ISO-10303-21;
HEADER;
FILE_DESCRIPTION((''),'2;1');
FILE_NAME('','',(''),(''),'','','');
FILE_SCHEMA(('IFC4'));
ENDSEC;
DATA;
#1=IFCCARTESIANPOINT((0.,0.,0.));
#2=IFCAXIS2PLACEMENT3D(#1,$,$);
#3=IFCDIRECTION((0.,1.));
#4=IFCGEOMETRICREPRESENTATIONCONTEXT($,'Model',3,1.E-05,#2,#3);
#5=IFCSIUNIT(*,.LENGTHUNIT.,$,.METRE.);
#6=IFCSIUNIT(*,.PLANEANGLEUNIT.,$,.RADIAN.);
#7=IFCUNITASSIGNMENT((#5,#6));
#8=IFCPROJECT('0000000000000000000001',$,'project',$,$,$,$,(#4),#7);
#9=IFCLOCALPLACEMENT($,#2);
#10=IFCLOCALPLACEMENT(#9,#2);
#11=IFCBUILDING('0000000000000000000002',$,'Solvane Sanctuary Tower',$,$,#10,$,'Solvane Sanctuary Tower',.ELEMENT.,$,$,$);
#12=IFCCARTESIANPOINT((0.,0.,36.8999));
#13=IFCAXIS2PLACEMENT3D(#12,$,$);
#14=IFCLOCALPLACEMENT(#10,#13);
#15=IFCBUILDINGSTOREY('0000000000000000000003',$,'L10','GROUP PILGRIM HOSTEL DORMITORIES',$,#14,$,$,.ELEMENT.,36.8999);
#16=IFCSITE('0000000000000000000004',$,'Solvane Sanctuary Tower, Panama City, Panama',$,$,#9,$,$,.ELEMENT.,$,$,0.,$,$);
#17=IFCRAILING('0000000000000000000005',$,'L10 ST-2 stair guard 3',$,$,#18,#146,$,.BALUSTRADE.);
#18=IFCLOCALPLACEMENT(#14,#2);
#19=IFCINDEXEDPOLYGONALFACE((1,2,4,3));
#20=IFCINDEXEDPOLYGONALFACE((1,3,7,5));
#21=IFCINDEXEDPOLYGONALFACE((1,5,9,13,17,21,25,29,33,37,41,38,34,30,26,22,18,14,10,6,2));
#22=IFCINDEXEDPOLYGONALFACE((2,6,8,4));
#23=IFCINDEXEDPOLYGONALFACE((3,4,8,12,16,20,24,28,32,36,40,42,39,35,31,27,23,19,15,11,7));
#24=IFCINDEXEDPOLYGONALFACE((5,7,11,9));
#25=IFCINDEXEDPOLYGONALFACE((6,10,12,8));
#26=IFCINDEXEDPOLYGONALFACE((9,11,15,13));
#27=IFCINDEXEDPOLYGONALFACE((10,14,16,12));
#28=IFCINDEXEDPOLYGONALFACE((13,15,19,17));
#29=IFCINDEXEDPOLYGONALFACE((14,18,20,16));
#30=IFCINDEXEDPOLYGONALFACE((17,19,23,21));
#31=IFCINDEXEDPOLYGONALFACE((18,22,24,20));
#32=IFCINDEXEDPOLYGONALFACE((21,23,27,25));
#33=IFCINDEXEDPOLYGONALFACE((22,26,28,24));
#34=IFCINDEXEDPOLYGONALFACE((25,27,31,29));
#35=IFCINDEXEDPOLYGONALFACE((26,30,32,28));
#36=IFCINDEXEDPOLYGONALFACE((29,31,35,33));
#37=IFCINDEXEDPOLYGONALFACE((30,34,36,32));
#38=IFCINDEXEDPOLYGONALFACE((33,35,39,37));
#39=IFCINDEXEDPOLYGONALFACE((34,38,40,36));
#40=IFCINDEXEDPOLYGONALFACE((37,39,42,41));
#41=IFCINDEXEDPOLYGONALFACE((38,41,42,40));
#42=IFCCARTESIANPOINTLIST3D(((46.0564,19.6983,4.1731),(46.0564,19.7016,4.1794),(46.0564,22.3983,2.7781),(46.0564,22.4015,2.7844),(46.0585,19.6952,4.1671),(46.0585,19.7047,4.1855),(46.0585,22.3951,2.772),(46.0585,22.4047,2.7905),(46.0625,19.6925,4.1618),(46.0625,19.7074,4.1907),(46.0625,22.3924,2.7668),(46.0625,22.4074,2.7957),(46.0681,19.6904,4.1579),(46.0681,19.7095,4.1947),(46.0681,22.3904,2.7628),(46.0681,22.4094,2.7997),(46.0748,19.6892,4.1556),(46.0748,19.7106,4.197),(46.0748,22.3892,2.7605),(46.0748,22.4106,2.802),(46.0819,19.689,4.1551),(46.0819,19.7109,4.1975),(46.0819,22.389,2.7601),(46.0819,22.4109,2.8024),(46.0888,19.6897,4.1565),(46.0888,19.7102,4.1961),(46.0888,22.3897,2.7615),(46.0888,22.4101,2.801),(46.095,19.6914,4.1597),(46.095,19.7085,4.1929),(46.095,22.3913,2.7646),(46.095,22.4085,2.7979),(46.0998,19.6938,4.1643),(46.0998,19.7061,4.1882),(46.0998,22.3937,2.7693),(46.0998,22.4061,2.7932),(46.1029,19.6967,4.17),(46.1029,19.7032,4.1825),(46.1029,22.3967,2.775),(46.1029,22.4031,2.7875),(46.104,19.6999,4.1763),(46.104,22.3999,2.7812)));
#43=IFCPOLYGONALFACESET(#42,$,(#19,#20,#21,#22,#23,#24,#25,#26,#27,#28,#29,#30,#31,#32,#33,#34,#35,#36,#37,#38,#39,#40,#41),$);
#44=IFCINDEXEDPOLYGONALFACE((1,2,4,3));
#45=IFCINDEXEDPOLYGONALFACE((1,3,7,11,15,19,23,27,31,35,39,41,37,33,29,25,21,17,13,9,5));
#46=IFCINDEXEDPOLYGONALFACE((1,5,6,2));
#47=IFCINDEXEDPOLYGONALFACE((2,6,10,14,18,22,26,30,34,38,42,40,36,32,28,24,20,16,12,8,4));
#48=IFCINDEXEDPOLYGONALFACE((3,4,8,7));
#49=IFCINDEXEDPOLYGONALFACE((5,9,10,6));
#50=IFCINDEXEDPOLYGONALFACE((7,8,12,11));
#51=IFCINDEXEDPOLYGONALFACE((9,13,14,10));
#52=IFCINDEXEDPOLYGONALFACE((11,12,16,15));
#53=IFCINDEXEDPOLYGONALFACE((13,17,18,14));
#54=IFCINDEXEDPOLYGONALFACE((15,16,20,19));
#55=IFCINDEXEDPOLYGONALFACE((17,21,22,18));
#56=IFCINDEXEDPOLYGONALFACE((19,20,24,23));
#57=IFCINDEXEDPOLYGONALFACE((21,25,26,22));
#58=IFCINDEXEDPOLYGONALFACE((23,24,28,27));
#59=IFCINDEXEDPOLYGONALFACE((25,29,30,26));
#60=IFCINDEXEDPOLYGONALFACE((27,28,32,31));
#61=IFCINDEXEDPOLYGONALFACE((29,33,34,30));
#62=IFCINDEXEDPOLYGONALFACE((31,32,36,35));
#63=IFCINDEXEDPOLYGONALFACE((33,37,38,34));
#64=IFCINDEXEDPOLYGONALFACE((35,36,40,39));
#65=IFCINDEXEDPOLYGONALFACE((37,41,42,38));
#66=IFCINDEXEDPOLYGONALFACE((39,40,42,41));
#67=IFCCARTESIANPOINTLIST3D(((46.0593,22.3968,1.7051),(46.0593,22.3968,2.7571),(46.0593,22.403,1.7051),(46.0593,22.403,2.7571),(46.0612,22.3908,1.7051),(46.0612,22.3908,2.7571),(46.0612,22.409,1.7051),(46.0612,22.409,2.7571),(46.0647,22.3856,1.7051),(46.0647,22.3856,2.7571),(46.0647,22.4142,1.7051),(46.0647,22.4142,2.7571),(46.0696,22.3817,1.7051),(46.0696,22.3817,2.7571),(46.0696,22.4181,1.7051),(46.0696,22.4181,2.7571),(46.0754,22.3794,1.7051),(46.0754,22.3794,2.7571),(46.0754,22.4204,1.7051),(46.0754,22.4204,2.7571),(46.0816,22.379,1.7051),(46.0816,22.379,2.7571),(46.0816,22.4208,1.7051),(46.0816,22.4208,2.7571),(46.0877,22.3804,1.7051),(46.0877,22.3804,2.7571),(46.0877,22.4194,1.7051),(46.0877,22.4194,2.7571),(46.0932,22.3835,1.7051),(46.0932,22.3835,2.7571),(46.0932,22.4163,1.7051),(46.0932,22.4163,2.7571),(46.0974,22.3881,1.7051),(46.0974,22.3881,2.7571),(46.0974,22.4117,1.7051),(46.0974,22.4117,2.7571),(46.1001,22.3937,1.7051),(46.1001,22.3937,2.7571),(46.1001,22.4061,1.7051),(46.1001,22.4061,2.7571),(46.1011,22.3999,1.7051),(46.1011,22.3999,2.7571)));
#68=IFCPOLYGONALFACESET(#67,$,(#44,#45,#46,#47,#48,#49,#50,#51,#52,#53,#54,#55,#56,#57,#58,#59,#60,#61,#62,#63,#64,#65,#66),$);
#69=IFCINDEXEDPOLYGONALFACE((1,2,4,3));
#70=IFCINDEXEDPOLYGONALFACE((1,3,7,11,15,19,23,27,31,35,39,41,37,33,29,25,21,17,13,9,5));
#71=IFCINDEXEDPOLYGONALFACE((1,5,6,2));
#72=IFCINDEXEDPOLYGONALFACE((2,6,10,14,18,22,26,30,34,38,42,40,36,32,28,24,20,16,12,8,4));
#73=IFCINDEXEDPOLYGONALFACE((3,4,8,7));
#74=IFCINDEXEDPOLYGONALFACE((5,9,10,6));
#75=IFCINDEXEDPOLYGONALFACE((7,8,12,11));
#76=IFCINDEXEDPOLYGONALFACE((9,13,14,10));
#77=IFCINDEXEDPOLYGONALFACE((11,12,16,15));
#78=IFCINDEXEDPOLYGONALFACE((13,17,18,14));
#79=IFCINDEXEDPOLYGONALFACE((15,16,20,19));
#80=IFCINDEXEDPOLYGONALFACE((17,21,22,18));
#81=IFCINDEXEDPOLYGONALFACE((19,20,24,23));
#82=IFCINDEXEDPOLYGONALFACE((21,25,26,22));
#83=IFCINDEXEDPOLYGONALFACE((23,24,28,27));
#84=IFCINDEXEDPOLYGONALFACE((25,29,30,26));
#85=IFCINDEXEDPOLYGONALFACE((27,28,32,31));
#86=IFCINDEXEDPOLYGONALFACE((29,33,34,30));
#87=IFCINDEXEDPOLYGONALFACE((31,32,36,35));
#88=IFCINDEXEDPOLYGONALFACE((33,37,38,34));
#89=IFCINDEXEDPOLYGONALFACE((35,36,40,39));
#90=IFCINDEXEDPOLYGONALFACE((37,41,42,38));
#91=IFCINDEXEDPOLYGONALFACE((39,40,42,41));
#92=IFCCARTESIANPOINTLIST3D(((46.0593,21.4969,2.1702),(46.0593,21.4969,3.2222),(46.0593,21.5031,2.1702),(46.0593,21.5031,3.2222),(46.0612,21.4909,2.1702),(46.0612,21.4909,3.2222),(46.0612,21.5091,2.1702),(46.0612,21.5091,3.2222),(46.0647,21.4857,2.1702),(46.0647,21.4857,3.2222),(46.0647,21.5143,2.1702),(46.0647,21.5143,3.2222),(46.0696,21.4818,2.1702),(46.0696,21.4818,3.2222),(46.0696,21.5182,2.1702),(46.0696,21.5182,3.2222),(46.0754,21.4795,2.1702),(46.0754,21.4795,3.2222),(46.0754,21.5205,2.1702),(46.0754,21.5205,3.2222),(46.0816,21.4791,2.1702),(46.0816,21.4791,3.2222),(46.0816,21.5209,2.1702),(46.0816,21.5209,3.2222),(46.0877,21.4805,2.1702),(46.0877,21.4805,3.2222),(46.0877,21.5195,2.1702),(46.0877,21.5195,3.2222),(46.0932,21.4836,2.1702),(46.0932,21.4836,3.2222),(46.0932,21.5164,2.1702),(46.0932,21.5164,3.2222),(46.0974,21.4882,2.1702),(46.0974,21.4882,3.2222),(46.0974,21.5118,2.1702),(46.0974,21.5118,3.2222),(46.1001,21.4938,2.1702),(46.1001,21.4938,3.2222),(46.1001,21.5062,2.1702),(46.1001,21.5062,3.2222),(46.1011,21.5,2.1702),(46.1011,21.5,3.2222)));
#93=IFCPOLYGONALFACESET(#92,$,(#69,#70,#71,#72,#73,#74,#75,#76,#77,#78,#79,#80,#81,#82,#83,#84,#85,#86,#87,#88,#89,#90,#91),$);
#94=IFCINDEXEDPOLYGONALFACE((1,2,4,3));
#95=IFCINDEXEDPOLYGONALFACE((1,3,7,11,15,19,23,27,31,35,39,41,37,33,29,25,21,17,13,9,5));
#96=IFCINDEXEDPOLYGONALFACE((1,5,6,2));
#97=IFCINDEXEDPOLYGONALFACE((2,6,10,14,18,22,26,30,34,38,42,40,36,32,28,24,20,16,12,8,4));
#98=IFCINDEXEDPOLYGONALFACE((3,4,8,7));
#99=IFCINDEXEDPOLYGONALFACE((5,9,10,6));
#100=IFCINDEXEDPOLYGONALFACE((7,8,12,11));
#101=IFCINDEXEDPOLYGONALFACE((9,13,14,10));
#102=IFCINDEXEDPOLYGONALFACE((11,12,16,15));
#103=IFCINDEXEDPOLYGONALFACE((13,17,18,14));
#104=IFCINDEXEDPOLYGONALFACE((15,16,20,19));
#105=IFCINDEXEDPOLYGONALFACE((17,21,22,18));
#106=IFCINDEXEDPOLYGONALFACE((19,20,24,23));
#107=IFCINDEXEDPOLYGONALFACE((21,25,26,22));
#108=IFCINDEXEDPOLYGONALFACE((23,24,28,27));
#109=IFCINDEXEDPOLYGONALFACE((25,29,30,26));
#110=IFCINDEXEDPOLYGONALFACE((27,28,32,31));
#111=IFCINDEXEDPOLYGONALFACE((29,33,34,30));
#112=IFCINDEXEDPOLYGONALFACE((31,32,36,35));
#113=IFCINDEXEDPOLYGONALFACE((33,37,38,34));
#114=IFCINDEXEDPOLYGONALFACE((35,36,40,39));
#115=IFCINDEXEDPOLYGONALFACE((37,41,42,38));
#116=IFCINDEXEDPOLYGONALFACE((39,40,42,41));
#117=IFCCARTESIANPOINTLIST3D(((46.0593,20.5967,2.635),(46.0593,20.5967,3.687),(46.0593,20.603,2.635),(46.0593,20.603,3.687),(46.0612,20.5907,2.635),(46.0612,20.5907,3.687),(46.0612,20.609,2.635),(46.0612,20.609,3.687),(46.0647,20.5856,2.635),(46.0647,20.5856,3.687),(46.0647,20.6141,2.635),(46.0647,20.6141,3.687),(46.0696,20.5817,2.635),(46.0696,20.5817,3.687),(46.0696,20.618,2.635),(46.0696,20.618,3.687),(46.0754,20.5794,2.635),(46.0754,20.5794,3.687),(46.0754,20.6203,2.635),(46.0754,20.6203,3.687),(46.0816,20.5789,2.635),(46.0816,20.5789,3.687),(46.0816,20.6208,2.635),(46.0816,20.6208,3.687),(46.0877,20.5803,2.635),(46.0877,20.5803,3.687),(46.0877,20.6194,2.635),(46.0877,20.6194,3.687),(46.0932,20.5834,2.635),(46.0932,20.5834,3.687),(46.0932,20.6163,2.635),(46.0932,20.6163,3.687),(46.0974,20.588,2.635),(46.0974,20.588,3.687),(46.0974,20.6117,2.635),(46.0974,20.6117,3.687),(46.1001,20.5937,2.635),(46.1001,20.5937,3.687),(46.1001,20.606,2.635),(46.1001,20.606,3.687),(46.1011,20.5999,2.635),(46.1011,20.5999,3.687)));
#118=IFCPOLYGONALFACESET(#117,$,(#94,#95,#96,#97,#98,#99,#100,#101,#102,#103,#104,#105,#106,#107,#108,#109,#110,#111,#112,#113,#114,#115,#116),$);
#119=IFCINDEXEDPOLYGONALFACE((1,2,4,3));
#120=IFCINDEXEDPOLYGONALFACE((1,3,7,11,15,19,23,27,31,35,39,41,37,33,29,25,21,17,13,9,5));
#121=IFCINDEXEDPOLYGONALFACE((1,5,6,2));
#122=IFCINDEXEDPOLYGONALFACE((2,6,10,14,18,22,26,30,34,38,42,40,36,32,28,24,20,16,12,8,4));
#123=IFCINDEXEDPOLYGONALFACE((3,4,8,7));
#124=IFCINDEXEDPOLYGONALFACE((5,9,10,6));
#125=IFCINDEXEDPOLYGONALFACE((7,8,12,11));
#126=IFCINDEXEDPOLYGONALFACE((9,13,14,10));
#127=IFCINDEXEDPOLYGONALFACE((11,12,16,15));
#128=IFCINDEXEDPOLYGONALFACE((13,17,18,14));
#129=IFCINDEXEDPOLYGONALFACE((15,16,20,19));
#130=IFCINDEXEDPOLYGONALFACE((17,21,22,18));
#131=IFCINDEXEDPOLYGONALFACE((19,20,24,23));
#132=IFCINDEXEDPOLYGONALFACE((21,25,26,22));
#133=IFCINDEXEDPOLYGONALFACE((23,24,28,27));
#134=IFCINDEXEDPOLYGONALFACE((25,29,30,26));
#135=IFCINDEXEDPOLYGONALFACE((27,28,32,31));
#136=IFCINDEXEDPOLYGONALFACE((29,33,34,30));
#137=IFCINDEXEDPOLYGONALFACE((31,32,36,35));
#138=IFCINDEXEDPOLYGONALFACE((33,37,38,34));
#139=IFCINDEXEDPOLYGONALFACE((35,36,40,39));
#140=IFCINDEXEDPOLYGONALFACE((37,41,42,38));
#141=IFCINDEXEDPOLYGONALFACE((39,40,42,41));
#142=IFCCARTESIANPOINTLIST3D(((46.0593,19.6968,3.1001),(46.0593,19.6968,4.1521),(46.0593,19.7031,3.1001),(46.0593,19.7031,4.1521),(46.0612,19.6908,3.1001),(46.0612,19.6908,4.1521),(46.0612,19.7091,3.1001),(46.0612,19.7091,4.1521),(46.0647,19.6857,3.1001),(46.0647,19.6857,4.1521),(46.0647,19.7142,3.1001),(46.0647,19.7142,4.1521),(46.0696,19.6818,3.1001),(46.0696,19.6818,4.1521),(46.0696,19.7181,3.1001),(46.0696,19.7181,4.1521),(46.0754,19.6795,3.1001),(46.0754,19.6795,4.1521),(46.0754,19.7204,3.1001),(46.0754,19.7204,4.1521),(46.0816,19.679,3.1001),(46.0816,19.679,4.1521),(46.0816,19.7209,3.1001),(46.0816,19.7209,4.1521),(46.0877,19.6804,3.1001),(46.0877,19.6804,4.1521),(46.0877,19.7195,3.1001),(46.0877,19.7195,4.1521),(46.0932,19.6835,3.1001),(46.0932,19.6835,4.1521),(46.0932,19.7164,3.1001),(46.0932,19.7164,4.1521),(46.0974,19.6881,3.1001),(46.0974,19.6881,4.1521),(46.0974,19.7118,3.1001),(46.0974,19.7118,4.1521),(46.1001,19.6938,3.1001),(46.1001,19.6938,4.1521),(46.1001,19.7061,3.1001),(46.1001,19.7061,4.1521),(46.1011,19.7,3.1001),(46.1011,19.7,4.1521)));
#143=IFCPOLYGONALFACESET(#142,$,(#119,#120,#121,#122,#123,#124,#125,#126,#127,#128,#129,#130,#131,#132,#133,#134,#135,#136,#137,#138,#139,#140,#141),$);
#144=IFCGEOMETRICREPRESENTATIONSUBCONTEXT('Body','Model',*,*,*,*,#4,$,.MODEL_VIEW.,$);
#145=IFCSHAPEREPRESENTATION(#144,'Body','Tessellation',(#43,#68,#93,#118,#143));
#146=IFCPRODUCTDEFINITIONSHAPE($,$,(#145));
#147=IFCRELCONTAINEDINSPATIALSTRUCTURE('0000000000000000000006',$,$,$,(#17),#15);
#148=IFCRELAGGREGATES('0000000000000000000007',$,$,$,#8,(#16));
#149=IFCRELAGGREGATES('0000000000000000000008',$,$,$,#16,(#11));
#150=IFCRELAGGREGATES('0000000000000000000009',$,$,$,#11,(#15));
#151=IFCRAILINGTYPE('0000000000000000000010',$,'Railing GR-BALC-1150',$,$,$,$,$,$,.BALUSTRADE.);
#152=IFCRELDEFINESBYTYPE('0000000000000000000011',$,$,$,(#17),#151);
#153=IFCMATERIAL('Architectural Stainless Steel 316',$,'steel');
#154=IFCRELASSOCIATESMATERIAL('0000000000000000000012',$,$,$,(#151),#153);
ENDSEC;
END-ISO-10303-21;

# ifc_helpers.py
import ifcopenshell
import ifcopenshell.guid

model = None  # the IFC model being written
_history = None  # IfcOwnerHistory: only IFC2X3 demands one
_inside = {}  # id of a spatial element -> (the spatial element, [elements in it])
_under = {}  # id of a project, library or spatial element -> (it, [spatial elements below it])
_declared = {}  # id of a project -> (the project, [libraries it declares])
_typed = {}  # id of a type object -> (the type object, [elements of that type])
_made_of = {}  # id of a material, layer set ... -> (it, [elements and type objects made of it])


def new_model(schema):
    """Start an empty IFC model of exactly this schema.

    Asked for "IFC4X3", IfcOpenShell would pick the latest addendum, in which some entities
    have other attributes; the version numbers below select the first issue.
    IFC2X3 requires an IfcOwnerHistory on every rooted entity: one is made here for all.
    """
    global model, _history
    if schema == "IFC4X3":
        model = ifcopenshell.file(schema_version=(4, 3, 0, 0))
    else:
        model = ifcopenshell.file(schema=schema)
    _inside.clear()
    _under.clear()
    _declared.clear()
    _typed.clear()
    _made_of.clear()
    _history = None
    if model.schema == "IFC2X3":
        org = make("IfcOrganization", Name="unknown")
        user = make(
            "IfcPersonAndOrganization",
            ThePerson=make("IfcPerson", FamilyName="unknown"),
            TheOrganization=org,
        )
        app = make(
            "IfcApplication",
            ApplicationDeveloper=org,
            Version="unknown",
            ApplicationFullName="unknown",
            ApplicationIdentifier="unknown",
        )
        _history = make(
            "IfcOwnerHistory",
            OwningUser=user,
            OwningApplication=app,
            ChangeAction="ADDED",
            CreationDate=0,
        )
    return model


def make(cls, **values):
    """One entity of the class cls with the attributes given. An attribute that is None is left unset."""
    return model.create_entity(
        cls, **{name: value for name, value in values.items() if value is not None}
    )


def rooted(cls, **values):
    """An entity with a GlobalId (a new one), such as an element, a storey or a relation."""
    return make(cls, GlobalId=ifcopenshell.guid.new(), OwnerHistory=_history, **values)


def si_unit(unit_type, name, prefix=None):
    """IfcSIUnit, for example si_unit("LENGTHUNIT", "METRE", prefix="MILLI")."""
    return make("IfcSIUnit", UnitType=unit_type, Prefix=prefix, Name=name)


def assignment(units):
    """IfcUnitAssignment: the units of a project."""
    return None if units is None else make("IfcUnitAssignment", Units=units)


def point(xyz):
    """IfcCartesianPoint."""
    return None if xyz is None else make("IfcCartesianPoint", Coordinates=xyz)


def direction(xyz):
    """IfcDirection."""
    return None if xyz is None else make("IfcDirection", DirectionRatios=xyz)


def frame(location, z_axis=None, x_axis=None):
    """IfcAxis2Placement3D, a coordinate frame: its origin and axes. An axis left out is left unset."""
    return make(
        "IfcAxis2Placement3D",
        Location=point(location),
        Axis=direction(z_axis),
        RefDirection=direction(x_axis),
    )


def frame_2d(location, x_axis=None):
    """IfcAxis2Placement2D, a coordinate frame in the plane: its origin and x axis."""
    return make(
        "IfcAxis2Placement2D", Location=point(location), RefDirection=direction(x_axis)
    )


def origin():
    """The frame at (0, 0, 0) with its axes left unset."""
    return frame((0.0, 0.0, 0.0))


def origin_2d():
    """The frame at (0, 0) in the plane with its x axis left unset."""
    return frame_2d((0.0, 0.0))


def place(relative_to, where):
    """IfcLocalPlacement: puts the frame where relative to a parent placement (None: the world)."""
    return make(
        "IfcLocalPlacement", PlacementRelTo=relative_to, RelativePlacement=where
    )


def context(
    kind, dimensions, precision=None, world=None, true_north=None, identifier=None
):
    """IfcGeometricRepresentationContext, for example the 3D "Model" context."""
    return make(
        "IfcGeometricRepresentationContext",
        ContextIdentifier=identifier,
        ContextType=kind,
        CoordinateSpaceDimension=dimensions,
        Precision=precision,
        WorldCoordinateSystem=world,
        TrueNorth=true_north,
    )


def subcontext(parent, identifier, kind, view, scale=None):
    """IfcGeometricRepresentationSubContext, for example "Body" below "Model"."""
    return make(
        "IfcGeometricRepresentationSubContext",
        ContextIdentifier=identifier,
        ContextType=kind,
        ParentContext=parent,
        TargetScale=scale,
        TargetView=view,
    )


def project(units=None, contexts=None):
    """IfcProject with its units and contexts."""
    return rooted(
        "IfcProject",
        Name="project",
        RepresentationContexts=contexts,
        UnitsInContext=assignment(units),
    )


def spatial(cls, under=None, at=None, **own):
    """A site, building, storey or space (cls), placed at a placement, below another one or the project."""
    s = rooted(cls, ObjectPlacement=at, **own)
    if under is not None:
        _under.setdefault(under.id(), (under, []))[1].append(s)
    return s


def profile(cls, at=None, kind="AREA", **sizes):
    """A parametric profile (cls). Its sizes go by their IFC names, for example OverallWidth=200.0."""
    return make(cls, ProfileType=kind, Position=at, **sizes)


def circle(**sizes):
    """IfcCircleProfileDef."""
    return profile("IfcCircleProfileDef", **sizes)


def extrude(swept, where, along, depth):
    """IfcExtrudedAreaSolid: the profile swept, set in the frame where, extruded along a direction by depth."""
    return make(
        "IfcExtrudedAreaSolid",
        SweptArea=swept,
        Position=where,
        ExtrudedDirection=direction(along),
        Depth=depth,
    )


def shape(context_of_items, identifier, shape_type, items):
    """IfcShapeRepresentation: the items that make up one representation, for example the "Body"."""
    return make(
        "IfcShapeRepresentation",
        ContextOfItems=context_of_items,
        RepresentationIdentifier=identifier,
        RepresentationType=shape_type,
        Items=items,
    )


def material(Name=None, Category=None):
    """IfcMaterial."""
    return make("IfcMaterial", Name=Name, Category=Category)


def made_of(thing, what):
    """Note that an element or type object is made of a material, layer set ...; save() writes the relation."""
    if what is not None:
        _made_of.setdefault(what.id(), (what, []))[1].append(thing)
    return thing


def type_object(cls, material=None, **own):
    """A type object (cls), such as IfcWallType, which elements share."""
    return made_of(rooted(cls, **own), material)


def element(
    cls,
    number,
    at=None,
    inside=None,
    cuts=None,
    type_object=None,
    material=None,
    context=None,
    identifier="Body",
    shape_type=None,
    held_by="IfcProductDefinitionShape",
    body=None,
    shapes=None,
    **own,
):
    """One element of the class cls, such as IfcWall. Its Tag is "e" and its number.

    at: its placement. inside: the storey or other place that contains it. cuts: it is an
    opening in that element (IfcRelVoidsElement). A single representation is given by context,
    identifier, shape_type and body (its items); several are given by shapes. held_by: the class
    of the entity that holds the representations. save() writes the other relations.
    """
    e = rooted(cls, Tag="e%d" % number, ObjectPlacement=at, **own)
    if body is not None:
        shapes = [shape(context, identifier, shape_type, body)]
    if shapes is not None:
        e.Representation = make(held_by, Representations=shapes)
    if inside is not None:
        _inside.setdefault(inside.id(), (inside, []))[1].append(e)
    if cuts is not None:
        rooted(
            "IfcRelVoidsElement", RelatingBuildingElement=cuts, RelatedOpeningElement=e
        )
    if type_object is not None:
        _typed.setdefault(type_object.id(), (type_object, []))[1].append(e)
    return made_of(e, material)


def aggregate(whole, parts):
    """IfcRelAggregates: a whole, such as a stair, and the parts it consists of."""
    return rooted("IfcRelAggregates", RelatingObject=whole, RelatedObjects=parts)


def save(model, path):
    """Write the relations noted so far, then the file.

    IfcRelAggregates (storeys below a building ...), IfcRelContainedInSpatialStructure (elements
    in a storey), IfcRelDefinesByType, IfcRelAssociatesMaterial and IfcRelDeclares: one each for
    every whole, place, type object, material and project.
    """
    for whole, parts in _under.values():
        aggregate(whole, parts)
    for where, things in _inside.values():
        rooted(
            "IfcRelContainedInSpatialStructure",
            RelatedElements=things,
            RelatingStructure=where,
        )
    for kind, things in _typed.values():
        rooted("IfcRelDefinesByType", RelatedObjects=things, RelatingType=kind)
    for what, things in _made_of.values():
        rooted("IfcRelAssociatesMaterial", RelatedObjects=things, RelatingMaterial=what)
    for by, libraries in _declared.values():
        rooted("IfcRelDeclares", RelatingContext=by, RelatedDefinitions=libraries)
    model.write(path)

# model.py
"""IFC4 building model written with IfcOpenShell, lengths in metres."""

from ifc_helpers import new_model, si_unit, direction, frame, origin, origin_2d, place, context, subcontext, project, spatial, circle, extrude, material, type_object, element, save


model = new_model("IFC4")

# Units and contexts
model_context = context("Model", 3, precision=1e-05, world=origin(), true_north=direction((0.0, 1.0)))
body_context = subcontext(model_context, "Body", "Model", "MODEL_VIEW")
ifc_project = project(units=[si_unit("LENGTHUNIT", "METRE"), si_unit("PLANEANGLEUNIT", "RADIAN")], contexts=[model_context])

# Site, building, storey
site_placement = place(None, origin())
site = spatial("IfcSite", under=ifc_project, at=site_placement, Name="Solvane Sanctuary Tower, Panama City, Panama", CompositionType="ELEMENT", RefElevation=0.0)
building_placement = place(site_placement, origin())
building = spatial("IfcBuilding", under=site, at=building_placement, Name="Solvane Sanctuary Tower", LongName="Solvane Sanctuary Tower", CompositionType="ELEMENT")
storey_placement = place(building_placement, frame((0.0, 0.0, 36.8999)))
storey = spatial("IfcBuildingStorey", under=building, at=storey_placement, Name="L10", Description="GROUP PILGRIM HOSTEL DORMITORIES", CompositionType="ELEMENT", Elevation=36.8999)

# Shared definitions
ifc_material_1 = material(Name="Architectural Stainless Steel 316", Category="steel")

# Railing
railing_type_1 = type_object("IfcRailingType", Name="Railing GR-BALC-1150", PredefinedType="BALUSTRADE", material=ifc_material_1)
railing_1_placement = place(storey_placement, frame((46.0801, 22.3999, 1.7051)))
element("IfcRailing", 1, at=railing_1_placement, inside=storey, type_object=railing_type_1, Name="L10 ST-2 stair guard 3", PredefinedType="BALUSTRADE", context=body_context, shape_type="SweptSolid", body=[
    extrude(circle(Radius=0.0239, at=origin_2d()), frame((0.0, 0.0, 1.0762), z_axis=(0.0, -0.88842, 0.459032), x_axis=(1.0, 0.0, 0.0)), (0.0, 0.0, 1.0), 3.0391),
    extrude(circle(Radius=0.021, at=origin_2d()), origin(), (0.0, 0.0, 1.0), 1.052),
    extrude(circle(Radius=0.021, at=origin_2d()), frame((0.0, -0.8999, 0.4651)), (0.0, 0.0, 1.0), 1.052),
    extrude(circle(Radius=0.021, at=origin_2d()), frame((0.0, -1.8, 0.9299)), (0.0, 0.0, 1.0), 1.052),
    extrude(circle(Radius=0.021, at=origin_2d()), frame((0.0, -2.7, 1.395)), (0.0, 0.0, 1.0), 1.052),
])

save(model, "model.ifc")
